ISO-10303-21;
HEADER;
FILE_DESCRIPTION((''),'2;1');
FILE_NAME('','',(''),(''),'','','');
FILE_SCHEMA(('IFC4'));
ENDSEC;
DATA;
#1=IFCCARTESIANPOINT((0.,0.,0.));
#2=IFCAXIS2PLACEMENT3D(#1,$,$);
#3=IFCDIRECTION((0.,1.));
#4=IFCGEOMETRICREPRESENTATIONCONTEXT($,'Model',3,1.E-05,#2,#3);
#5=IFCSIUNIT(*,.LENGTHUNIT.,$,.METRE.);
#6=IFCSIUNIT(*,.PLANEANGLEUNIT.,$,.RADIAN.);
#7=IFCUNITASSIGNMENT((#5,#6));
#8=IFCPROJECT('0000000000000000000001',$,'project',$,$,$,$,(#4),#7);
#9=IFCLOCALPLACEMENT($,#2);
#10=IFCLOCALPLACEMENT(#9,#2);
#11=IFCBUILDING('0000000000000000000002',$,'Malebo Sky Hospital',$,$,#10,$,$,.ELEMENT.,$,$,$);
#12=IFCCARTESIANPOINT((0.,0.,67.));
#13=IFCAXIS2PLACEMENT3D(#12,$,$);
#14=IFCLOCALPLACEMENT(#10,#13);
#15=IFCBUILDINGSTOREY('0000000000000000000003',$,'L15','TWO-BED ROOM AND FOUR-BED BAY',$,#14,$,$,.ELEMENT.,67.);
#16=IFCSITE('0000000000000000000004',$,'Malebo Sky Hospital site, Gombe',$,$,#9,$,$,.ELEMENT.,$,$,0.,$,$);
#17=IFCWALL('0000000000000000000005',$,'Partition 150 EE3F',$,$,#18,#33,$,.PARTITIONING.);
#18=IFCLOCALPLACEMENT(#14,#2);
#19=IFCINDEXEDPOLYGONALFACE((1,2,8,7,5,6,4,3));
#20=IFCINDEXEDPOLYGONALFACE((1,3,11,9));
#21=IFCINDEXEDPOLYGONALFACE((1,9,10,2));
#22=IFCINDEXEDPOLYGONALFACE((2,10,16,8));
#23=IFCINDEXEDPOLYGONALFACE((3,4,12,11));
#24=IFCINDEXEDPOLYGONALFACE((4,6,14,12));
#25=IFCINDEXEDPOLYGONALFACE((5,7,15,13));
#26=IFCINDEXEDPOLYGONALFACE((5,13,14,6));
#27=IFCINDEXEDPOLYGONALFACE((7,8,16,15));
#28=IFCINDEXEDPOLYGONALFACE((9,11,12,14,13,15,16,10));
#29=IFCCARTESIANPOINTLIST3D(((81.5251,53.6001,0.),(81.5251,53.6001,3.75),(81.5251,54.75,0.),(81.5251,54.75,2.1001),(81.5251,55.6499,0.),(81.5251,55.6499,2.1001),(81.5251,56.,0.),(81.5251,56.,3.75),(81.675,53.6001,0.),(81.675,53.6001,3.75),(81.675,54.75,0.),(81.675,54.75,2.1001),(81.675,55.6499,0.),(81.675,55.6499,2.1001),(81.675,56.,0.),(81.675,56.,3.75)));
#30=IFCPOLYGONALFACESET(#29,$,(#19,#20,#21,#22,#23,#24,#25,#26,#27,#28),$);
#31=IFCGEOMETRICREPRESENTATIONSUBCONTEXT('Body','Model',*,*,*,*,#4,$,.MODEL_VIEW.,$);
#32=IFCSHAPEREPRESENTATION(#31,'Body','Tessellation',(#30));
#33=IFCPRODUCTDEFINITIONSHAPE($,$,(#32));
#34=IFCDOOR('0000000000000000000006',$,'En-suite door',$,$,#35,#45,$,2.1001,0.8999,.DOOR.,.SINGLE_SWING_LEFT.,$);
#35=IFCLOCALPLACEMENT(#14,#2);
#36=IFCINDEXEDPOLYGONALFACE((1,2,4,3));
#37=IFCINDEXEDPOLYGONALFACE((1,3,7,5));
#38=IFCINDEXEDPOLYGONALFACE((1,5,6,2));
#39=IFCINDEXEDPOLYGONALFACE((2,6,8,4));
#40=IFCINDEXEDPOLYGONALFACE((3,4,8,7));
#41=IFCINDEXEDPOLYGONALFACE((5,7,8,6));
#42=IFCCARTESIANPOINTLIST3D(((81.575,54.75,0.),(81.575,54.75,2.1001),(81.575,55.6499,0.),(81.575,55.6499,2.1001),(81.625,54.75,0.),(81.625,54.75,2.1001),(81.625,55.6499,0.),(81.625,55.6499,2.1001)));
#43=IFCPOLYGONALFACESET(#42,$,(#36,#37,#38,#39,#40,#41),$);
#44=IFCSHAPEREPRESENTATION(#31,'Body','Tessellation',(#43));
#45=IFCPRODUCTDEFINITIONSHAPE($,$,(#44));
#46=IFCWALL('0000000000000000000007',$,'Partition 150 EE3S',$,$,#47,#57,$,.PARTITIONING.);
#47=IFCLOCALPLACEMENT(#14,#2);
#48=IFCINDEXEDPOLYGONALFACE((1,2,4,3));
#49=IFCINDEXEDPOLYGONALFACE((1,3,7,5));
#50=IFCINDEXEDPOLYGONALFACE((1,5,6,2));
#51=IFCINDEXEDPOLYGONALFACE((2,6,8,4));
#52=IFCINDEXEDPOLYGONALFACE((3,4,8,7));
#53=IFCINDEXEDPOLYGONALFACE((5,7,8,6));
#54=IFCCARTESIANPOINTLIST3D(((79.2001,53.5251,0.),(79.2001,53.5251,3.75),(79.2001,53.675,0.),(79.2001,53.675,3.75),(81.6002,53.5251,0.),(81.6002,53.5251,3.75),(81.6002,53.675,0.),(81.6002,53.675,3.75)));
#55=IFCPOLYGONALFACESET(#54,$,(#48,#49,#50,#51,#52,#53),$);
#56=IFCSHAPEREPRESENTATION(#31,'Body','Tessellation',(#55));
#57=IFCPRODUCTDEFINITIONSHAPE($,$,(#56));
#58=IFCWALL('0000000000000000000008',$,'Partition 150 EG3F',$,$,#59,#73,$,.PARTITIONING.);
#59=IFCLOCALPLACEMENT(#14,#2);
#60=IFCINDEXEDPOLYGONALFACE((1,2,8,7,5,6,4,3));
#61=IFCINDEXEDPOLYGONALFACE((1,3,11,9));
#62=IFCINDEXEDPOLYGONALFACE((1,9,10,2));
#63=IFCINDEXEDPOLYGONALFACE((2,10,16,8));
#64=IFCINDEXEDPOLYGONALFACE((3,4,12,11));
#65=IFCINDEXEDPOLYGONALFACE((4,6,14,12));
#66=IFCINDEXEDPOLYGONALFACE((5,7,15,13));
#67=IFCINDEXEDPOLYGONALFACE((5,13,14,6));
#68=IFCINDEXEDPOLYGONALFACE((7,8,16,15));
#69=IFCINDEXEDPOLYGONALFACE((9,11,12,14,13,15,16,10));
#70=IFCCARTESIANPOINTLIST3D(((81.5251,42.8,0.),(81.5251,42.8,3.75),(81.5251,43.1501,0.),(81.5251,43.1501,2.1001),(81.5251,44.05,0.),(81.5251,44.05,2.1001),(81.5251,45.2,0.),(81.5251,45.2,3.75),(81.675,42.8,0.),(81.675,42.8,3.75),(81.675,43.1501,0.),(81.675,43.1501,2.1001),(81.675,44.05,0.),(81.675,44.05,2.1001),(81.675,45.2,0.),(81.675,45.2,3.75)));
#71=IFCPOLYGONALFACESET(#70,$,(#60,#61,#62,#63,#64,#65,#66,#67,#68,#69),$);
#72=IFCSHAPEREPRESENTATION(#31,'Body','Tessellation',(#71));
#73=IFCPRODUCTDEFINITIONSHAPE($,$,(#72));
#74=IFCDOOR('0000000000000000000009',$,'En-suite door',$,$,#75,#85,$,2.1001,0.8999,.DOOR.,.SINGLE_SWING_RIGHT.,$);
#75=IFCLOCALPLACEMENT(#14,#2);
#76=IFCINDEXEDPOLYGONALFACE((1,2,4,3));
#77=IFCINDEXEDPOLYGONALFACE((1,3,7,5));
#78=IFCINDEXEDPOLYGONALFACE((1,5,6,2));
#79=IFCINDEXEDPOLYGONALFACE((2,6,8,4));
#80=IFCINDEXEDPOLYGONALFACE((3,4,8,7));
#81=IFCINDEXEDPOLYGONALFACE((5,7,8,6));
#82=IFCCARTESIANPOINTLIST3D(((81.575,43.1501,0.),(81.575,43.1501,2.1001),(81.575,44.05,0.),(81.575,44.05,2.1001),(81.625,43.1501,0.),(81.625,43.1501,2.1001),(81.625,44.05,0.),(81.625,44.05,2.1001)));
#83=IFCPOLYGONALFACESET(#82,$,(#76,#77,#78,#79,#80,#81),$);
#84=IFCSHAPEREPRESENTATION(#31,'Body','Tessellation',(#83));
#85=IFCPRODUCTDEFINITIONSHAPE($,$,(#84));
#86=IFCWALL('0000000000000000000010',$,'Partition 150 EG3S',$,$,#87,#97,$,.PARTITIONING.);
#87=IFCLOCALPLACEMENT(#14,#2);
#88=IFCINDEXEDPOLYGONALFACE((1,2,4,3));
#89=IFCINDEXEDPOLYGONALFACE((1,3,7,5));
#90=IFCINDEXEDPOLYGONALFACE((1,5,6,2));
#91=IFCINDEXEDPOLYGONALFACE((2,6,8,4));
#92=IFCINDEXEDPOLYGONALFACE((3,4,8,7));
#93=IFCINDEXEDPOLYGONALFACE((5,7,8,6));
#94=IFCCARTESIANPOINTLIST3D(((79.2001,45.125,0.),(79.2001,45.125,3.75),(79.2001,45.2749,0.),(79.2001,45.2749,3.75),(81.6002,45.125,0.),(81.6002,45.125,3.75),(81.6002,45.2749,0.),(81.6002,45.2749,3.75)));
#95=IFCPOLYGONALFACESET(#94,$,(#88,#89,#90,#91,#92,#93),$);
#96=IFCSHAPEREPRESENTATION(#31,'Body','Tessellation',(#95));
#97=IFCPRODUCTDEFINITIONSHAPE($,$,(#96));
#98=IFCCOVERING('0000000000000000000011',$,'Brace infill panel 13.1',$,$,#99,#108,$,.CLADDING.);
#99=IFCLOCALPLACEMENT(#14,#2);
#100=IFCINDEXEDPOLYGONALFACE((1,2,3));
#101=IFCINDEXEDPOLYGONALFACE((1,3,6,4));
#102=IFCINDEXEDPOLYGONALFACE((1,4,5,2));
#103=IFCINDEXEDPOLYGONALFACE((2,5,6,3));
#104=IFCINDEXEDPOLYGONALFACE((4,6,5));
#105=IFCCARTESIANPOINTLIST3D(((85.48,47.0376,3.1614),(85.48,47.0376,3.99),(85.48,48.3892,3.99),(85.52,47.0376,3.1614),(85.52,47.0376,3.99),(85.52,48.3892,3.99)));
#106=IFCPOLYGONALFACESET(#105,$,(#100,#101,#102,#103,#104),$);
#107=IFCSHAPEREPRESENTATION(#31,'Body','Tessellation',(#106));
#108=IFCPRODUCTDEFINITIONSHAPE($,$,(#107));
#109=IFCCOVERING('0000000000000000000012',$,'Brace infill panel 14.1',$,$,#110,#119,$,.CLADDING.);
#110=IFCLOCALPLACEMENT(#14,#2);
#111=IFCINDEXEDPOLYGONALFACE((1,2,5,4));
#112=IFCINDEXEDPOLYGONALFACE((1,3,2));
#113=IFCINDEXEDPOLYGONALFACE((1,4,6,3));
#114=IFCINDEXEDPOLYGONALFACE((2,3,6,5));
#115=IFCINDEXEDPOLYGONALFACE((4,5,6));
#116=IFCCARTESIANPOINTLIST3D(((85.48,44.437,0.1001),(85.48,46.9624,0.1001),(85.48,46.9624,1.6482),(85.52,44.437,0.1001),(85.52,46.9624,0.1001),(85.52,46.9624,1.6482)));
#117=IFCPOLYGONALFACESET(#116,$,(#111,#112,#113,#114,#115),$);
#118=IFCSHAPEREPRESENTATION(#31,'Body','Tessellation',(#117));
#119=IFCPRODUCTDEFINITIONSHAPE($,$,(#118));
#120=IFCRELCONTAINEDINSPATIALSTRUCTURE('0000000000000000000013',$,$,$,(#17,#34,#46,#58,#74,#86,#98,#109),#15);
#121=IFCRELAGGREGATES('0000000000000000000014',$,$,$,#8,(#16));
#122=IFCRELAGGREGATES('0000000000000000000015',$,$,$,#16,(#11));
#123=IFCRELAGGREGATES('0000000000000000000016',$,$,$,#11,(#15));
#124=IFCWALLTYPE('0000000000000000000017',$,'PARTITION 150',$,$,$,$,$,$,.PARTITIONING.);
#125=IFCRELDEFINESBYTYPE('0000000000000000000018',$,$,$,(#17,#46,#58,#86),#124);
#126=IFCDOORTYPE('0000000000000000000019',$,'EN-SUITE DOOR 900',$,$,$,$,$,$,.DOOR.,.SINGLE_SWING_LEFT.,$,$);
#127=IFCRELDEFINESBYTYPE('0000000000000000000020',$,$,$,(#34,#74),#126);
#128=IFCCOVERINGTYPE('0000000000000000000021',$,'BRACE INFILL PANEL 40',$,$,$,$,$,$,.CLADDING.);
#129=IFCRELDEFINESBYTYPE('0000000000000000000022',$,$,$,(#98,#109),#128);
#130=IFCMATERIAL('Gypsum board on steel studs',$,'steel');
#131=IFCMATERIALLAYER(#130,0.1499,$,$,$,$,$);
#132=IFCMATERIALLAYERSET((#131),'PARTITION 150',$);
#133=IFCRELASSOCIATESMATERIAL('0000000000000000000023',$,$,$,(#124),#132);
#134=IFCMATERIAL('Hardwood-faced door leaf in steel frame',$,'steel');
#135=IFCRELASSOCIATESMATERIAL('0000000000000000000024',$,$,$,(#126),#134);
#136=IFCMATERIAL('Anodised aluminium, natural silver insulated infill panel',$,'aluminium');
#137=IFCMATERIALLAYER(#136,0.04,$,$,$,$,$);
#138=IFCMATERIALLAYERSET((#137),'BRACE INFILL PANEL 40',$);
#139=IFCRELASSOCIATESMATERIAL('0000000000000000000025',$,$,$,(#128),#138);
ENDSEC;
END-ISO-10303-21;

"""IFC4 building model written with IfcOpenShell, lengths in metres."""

from ifc_helpers import new_model, si_unit, direction, frame, frame_2d, origin, place, context, subcontext, project, spatial, polyline, rectangle, outline, extrude, material, layer, layer_set, type_object, element, fill, save


model = new_model("IFC4")

# Units and contexts
model_context = context("Model", 3, precision=1e-05, world=origin(), true_north=direction((0.0, 1.0)))
body_context = subcontext(model_context, "Body", "Model", "MODEL_VIEW")
ifc_project = project(units=[si_unit("LENGTHUNIT", "METRE"), si_unit("PLANEANGLEUNIT", "RADIAN")], contexts=[model_context])

# Site, building, storey
site_placement = place(None, origin())
site = spatial("IfcSite", under=ifc_project, at=site_placement, Name="Malebo Sky Hospital site, Gombe", CompositionType="ELEMENT", RefElevation=0.0)
building_placement = place(site_placement, origin())
building = spatial("IfcBuilding", under=site, at=building_placement, Name="Malebo Sky Hospital", CompositionType="ELEMENT")
storey_placement = place(building_placement, frame((0.0, 0.0, 67.0)))
storey = spatial("IfcBuildingStorey", under=building, at=storey_placement, Name="L15", Description="TWO-BED ROOM AND FOUR-BED BAY", CompositionType="ELEMENT", Elevation=67.0)

# Shared definitions
ifc_material_1 = material(Name="Gypsum board on steel studs", Category="steel")
ifc_material_2 = material(Name="Hardwood-faced door leaf in steel frame", Category="steel")

# Shared definitions
ifc_layer_1 = layer(ifc_material_1, 0.1499)
ifc_layer_set_1 = layer_set([ifc_layer_1], Name="PARTITION 150")
wall_type_1 = type_object("IfcWallType", Name="PARTITION 150", PredefinedType="PARTITIONING", material=ifc_layer_set_1)

# Wall, opening, door
wall_1_placement = place(storey_placement, frame((81.6001, 56.0, 0.0), z_axis=(0.0, 0.0, 1.0), x_axis=(0.0, -1.0, 0.0)))
wall_1 = element("IfcWall", 1, at=wall_1_placement, inside=storey, type_object=wall_type_1, Name="Partition 150 EE3F", PredefinedType="PARTITIONING", context=body_context, shape_type="SweptSolid", body=[
    extrude(rectangle(XDim=2.3999, YDim=0.1499, at=frame_2d((1.2, 0.0))), origin(), (0.0, 0.0, 1.0), 3.75),
])
opening_1_placement = place(wall_1_placement, frame((0.3501, 0.0, 0.0)))
opening_1 = element("IfcOpeningElement", 2, at=opening_1_placement, cuts=wall_1, PredefinedType="OPENING", context=body_context, shape_type="SweptSolid", body=[
    extrude(rectangle(XDim=0.8999, YDim=2.1001, at=frame_2d((0.45, 1.05))), frame((0.0, 0.085, 0.0), z_axis=(0.0, -1.0, 0.0), x_axis=(1.0, 0.0, 0.0)), (0.0, 0.0, 1.0), 0.1699),
])
door_type_1 = type_object("IfcDoorType", Name="EN-SUITE DOOR 900", OperationType="SINGLE_SWING_LEFT", PredefinedType="DOOR", material=ifc_material_2)
door_1_placement = place(opening_1_placement, origin())
door_1 = element("IfcDoor", 3, at=door_1_placement, inside=storey, type_object=door_type_1, Name="En-suite door", OperationType="SINGLE_SWING_LEFT", OverallHeight=2.1001, OverallWidth=0.8999, PredefinedType="DOOR", context=body_context, shape_type="SweptSolid", body=[
    extrude(rectangle(XDim=0.8999, YDim=2.1001, at=frame_2d((0.45, 1.05))), frame((0.0, 0.0249, 0.0), z_axis=(0.0, -1.0, 0.0), x_axis=(1.0, 0.0, 0.0)), (0.0, 0.0, 1.0), 0.05),
])
fill(opening_1, door_1)

# Wall
wall_2_placement = place(storey_placement, frame((79.2, 53.6001, 0.0), z_axis=(0.0, 0.0, 1.0), x_axis=(1.0, 0.0, 0.0)))
element("IfcWall", 4, at=wall_2_placement, inside=storey, type_object=wall_type_1, Name="Partition 150 EE3S", PredefinedType="PARTITIONING", context=body_context, shape_type="SweptSolid", body=[
    extrude(rectangle(XDim=2.4001, YDim=0.1499, at=frame_2d((1.2002, 0.0))), origin(), (0.0, 0.0, 1.0), 3.75),
])

# Wall, opening, door
wall_3_placement = place(storey_placement, frame((81.6001, 45.2, 0.0), z_axis=(0.0, 0.0, 1.0), x_axis=(0.0, -1.0, 0.0)))
wall_3 = element("IfcWall", 5, at=wall_3_placement, inside=storey, type_object=wall_type_1, Name="Partition 150 EG3F", PredefinedType="PARTITIONING", context=body_context, shape_type="SweptSolid", body=[
    extrude(rectangle(XDim=2.3999, YDim=0.1499, at=frame_2d((1.2, 0.0))), origin(), (0.0, 0.0, 1.0), 3.75),
])
opening_2_placement = place(wall_3_placement, frame((1.1499, 0.0, 0.0)))
opening_2 = element("IfcOpeningElement", 6, at=opening_2_placement, cuts=wall_3, PredefinedType="OPENING", context=body_context, shape_type="SweptSolid", body=[
    extrude(rectangle(XDim=0.8999, YDim=2.1001, at=frame_2d((0.45, 1.05))), frame((0.0, 0.085, 0.0), z_axis=(0.0, -1.0, 0.0), x_axis=(1.0, 0.0, 0.0)), (0.0, 0.0, 1.0), 0.1699),
])
door_2_placement = place(opening_2_placement, origin())
door_2 = element("IfcDoor", 7, at=door_2_placement, inside=storey, type_object=door_type_1, Name="En-suite door", OperationType="SINGLE_SWING_RIGHT", OverallHeight=2.1001, OverallWidth=0.8999, PredefinedType="DOOR", context=body_context, shape_type="SweptSolid", body=[
    extrude(rectangle(XDim=0.8999, YDim=2.1001, at=frame_2d((0.45, 1.05))), frame((0.0, 0.0249, 0.0), z_axis=(0.0, -1.0, 0.0), x_axis=(1.0, 0.0, 0.0)), (0.0, 0.0, 1.0), 0.05),
])
fill(opening_2, door_2)

# Wall
wall_4_placement = place(storey_placement, frame((79.2, 45.2, 0.0), z_axis=(0.0, 0.0, 1.0), x_axis=(1.0, 0.0, 0.0)))
element("IfcWall", 8, at=wall_4_placement, inside=storey, type_object=wall_type_1, Name="Partition 150 EG3S", PredefinedType="PARTITIONING", context=body_context, shape_type="SweptSolid", body=[
    extrude(rectangle(XDim=2.4001, YDim=0.1499, at=frame_2d((1.2002, 0.0))), origin(), (0.0, 0.0, 1.0), 3.75),
])

# Coverings
ifc_material_3 = material(Name="Anodised aluminium, natural silver insulated infill panel", Category="aluminium")
ifc_layer_2 = layer(ifc_material_3, 0.04)
ifc_layer_set_2 = layer_set([ifc_layer_2], Name="BRACE INFILL PANEL 40")
covering_type = type_object("IfcCoveringType", Name="BRACE INFILL PANEL 40", PredefinedType="CLADDING", material=ifc_layer_set_2)
covering_1_placement = place(storey_placement, frame((85.5, 47.7134, 3.1614), z_axis=(0.0, 0.0, 1.0), x_axis=(0.0, -1.0, 0.0)))
element("IfcCovering", 9, at=covering_1_placement, inside=storey, type_object=covering_type, Name="Brace infill panel 13.1", PredefinedType="CLADDING", context=body_context, shape_type="SweptSolid", body=[
    extrude(outline(polyline([(0.6758, 0.0), (0.6758, 0.8286), (-0.6758, 0.8286), (0.6758, 0.0)])), frame((0.0, 0.02, 0.0), z_axis=(0.0, -1.0, 0.0), x_axis=(1.0, 0.0, 0.0)), (0.0, 0.0, 1.0), 0.04),
])
covering_2_placement = place(storey_placement, frame((85.5, 45.6997, 0.1001), z_axis=(0.0, 0.0, 1.0), x_axis=(0.0, -1.0, 0.0)))
element("IfcCovering", 10, at=covering_2_placement, inside=storey, type_object=covering_type, Name="Brace infill panel 14.1", PredefinedType="CLADDING", context=body_context, shape_type="SweptSolid", body=[
    extrude(outline(polyline([(-1.2627, 0.0), (1.2627, 0.0), (-1.2627, 1.5481), (-1.2627, 0.0)])), frame((0.0, 0.02, 0.0), z_axis=(0.0, -1.0, 0.0), x_axis=(1.0, 0.0, 0.0)), (0.0, 0.0, 1.0), 0.04),
])

save(model, "model.ifc")
